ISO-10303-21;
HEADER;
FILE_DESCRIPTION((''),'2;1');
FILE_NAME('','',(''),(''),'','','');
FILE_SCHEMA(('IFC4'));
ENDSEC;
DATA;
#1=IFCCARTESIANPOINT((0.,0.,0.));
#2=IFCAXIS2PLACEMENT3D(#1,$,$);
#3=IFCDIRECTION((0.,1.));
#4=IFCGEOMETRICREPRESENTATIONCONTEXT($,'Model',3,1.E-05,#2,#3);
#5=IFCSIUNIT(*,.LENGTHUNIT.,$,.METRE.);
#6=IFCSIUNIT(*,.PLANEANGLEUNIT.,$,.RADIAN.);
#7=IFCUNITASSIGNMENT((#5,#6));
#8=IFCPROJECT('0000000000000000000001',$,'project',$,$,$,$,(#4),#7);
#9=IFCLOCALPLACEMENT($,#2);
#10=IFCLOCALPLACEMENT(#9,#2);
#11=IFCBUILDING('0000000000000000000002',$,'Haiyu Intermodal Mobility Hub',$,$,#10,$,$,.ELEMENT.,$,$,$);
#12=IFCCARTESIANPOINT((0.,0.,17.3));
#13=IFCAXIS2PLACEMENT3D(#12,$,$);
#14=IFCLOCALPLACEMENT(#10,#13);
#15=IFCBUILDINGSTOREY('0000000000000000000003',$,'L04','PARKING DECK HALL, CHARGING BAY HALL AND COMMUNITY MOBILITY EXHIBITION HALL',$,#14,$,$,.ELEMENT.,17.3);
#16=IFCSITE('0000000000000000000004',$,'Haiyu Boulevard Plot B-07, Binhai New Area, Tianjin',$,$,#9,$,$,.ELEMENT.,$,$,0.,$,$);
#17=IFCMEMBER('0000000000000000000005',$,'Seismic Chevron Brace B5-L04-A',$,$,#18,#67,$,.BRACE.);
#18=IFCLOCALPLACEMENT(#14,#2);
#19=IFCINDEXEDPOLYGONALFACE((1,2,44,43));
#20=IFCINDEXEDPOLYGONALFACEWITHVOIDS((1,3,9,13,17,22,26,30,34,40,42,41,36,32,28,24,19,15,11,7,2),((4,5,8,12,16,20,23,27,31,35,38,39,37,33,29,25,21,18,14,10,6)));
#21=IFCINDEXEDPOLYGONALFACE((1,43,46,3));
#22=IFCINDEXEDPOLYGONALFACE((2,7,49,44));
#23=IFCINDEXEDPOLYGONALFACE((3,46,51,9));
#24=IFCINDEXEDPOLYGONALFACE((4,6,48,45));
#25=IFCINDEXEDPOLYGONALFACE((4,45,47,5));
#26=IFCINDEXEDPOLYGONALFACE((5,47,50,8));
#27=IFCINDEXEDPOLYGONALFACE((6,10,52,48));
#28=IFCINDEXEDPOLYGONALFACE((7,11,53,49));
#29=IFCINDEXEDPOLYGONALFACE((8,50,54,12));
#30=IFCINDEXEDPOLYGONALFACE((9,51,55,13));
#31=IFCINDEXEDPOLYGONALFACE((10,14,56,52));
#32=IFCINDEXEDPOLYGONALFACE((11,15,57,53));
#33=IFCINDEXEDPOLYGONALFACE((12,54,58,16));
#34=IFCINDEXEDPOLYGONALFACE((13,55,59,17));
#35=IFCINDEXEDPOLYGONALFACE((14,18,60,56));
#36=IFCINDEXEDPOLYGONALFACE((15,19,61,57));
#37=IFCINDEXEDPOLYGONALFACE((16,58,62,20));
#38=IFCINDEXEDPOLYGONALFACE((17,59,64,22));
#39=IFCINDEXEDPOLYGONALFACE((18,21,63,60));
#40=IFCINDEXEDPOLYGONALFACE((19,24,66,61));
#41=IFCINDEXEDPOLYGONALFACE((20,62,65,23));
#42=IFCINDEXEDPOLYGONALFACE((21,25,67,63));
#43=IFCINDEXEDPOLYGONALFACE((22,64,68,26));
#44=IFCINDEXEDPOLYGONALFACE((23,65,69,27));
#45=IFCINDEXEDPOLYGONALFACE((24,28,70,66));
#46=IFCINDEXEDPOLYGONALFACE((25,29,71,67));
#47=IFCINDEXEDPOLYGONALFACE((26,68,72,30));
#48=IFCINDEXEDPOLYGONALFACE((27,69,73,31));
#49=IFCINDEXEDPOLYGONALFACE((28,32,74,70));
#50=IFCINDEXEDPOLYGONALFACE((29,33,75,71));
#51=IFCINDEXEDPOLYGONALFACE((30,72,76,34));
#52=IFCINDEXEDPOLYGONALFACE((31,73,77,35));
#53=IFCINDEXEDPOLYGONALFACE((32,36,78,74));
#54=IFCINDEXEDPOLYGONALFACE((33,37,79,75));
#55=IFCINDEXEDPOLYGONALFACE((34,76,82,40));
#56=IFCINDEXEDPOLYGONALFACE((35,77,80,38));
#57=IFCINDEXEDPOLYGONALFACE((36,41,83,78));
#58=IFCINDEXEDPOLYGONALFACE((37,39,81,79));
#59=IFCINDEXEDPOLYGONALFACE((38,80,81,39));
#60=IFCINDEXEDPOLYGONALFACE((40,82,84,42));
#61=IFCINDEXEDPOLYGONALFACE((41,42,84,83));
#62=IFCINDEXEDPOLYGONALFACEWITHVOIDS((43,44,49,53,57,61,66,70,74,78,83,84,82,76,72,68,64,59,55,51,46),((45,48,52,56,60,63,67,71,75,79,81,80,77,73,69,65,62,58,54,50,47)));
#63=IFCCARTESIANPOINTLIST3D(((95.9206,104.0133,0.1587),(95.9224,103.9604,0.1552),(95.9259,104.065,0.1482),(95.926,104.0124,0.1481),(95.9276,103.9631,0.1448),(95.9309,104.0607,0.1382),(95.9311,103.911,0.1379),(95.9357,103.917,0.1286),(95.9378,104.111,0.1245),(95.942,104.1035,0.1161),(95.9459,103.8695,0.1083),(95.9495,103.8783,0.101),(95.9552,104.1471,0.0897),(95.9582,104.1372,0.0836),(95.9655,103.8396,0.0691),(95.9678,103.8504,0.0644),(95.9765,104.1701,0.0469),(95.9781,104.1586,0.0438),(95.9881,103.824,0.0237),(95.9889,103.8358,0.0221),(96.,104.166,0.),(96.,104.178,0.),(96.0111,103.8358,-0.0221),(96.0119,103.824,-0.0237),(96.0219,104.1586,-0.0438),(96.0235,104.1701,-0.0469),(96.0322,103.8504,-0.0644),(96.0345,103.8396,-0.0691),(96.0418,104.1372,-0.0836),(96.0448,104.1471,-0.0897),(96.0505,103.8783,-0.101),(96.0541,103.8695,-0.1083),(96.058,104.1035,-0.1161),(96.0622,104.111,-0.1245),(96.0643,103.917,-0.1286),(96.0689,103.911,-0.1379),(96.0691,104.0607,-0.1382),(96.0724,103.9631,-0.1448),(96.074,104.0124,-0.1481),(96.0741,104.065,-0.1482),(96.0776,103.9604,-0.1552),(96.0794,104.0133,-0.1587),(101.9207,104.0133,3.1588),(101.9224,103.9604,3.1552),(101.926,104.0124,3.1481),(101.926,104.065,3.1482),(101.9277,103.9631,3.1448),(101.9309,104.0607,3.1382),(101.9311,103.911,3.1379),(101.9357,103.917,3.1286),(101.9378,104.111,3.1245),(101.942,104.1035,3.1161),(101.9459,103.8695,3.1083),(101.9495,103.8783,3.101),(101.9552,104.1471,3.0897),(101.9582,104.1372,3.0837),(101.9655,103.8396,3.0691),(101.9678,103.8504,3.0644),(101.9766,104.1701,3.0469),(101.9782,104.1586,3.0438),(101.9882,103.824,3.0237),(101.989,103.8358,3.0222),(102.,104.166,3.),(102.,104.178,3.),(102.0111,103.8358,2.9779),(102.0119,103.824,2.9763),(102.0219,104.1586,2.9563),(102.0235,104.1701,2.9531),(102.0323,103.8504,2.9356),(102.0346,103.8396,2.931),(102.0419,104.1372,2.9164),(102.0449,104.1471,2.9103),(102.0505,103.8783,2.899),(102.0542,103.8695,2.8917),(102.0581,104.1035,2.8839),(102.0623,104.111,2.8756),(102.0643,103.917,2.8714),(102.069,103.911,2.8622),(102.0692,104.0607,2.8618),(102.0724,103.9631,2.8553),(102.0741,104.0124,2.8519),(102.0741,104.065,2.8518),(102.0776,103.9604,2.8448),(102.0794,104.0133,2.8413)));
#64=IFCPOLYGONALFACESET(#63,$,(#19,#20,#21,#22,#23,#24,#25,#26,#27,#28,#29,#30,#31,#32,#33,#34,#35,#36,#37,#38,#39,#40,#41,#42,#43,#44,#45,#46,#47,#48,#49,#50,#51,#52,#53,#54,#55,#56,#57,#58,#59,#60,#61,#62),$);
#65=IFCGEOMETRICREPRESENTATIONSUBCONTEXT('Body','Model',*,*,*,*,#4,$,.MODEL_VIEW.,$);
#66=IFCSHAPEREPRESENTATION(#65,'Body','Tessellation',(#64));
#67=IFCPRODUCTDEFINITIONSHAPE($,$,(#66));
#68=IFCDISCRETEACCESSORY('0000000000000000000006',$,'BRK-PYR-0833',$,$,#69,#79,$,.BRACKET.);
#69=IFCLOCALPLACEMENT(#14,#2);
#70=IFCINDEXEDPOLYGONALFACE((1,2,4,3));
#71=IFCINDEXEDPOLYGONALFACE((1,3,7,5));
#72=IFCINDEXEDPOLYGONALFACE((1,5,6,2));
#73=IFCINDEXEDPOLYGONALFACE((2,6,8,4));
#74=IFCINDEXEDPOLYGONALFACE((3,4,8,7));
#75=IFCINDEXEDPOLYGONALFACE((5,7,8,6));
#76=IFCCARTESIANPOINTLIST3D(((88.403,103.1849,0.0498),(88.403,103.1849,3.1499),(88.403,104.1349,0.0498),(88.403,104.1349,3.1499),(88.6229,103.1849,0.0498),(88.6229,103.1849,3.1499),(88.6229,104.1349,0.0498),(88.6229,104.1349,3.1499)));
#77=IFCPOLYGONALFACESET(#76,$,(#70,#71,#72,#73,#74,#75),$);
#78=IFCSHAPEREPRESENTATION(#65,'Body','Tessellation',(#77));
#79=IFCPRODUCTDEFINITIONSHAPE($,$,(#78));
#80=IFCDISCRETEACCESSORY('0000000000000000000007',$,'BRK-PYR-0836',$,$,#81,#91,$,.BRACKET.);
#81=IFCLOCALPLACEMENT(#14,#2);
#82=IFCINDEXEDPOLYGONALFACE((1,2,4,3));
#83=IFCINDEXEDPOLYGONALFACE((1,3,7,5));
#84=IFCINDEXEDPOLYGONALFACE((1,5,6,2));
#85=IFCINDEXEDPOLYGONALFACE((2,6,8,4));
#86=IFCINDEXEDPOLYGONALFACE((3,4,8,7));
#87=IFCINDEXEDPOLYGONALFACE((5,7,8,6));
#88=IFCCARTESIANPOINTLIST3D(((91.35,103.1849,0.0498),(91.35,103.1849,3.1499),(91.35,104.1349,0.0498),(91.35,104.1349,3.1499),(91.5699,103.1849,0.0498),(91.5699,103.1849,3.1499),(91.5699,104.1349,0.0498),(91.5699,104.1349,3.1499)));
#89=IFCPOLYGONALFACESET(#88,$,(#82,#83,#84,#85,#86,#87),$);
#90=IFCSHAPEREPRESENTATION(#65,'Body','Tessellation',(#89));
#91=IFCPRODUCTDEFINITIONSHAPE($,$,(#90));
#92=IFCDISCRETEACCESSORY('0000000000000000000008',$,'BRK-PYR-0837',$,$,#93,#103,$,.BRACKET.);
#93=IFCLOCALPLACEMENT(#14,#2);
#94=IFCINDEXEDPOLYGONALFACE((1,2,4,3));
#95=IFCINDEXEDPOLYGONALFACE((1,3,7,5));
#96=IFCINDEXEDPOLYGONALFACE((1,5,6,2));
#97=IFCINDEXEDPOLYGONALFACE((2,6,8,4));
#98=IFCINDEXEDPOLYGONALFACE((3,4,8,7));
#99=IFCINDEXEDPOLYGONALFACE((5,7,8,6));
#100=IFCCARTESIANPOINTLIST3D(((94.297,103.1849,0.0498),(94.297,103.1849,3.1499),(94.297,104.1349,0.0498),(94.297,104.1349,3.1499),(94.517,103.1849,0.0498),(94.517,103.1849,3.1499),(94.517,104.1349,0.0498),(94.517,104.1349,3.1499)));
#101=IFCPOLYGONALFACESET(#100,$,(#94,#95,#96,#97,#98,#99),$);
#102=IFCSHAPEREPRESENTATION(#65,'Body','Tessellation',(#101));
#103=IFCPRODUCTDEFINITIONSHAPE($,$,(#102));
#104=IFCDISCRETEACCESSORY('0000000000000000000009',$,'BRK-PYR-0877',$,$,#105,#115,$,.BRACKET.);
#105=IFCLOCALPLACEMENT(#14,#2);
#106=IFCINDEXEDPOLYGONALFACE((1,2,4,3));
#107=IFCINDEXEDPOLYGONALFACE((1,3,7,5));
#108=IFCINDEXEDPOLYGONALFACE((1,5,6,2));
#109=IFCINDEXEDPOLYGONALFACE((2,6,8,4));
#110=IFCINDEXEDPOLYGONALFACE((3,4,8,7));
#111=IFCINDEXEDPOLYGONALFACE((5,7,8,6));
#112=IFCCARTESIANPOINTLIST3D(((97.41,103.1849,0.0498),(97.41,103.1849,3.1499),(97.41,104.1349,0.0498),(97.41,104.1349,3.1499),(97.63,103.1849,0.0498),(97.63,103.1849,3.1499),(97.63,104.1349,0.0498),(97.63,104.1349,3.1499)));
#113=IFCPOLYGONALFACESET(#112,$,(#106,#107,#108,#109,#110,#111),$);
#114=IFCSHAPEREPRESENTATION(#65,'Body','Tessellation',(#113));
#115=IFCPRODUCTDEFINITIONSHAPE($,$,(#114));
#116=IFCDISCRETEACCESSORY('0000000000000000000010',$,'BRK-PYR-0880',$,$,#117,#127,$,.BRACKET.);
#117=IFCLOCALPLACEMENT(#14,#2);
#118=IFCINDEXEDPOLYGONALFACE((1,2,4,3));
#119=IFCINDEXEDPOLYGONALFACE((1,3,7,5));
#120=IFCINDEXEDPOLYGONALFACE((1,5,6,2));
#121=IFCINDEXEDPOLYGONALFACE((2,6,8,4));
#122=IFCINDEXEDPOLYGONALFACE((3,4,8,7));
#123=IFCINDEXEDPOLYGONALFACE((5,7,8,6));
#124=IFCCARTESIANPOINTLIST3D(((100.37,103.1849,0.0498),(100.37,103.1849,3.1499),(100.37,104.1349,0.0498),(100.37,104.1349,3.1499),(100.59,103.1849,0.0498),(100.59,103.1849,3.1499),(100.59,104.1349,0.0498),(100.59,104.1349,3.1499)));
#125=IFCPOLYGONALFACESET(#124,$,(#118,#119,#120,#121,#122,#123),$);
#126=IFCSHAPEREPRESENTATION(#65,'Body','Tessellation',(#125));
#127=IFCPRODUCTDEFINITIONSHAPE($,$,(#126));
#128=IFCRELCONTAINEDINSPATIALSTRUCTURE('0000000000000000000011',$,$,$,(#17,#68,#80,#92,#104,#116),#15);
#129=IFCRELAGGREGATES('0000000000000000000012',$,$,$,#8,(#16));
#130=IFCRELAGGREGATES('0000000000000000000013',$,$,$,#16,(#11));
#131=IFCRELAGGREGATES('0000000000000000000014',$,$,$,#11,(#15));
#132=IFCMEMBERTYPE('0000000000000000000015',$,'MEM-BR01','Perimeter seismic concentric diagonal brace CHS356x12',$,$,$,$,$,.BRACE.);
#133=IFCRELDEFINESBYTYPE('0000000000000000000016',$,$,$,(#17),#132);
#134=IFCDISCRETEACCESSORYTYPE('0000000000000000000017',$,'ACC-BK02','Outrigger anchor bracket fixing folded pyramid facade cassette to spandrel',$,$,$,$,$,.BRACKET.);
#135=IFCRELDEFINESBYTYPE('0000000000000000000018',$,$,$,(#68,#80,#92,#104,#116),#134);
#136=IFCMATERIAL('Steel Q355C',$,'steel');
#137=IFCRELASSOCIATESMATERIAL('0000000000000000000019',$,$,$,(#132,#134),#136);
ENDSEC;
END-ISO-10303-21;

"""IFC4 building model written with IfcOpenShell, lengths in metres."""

from ifc_helpers import new_model, si_unit, direction, frame, origin, origin_2d, place, context, subcontext, project, spatial, rectangle, hollow_circle, extrude, material, material_profile, profile_set, type_object, element, save


model = new_model("IFC4")

# Units and contexts
model_context = context("Model", 3, precision=1e-05, world=origin(), true_north=direction((0.0, 1.0)))
body_context = subcontext(model_context, "Body", "Model", "MODEL_VIEW")
ifc_project = project(units=[si_unit("LENGTHUNIT", "METRE"), si_unit("PLANEANGLEUNIT", "RADIAN")], contexts=[model_context])

# Site, building, storey
site_placement = place(None, origin())
site = spatial("IfcSite", under=ifc_project, at=site_placement, Name="Haiyu Boulevard Plot B-07, Binhai New Area, Tianjin", CompositionType="ELEMENT", RefElevation=0.0)
building_placement = place(site_placement, origin())
building = spatial("IfcBuilding", under=site, at=building_placement, Name="Haiyu Intermodal Mobility Hub", CompositionType="ELEMENT")
storey_placement = place(building_placement, frame((0.0, 0.0, 17.3)))
storey = spatial("IfcBuildingStorey", under=building, at=storey_placement, Name="L04", Description="PARKING DECK HALL, CHARGING BAY HALL AND COMMUNITY MOBILITY EXHIBITION HALL", CompositionType="ELEMENT", Elevation=17.3)

# Member
ifc_material_1 = material(Name="Steel Q355C", Category="steel")
ifc_material_profile_1 = material_profile(ifc_material_1, hollow_circle(Radius=0.178, WallThickness=0.012, at=origin_2d()), Name="CHS356x12")
ifc_profile_set_1 = profile_set([ifc_material_profile_1], Name="Steel Q355C")
member_type = type_object("IfcMemberType", Name="MEM-BR01", Description="Perimeter seismic concentric diagonal brace CHS356x12", PredefinedType="BRACE", material=ifc_profile_set_1)
member_placement = place(storey_placement, frame((96.0, 104.0, 0.0), z_axis=(0.894427, 0.0, 0.447214), x_axis=(0.0, 1.0, 0.0)))
element("IfcMember", 1, at=member_placement, inside=storey, type_object=member_type, Name="Seismic Chevron Brace B5-L04-A", PredefinedType="BRACE", context=body_context, shape_type="SweptSolid", body=[
    extrude(hollow_circle(Radius=0.178, WallThickness=0.012, at=origin_2d()), origin(), (0.0, 0.0, 1.0), 6.7083),
])

# Discrete accessories
discrete_accessory_type = type_object("IfcDiscreteAccessoryType", Name="ACC-BK02", Description="Outrigger anchor bracket fixing folded pyramid facade cassette to spandrel", PredefinedType="BRACKET", material=ifc_material_1)
for number, where, z_axis, x_axis, name in (
    (2, (88.5129, 103.6599, 0.0498), (0.0, 0.0, 1.0), (1.0, 0.0, 0.0), "BRK-PYR-0833"),
    (3, (91.46, 103.6599, 0.0498), (0.0, 0.0, 1.0), (1.0, 0.0, 0.0), "BRK-PYR-0836"),
    (4, (94.407, 103.6599, 0.0498), (0.0, 0.0, 1.0), (1.0, 0.0, 0.0), "BRK-PYR-0837"),
    (5, (97.52, 103.6599, 0.0498), (0.0, 0.0, 1.0), (1.0, 0.0, 0.0), "BRK-PYR-0877"),
    (6, (100.48, 103.6599, 0.0498), (0.0, 0.0, 1.0), (1.0, 0.0, 0.0), "BRK-PYR-0880"),
):
    element("IfcDiscreteAccessory", number, at=place(storey_placement, frame(where, z_axis=z_axis, x_axis=x_axis)), inside=storey, type_object=discrete_accessory_type, Name=name, PredefinedType="BRACKET", context=body_context, shape_type="SweptSolid", body=[
        extrude(rectangle(XDim=0.22, YDim=0.95, at=origin_2d()), origin(), (0.0, 0.0, 1.0), 3.1001),
    ])

save(model, "model.ifc")
